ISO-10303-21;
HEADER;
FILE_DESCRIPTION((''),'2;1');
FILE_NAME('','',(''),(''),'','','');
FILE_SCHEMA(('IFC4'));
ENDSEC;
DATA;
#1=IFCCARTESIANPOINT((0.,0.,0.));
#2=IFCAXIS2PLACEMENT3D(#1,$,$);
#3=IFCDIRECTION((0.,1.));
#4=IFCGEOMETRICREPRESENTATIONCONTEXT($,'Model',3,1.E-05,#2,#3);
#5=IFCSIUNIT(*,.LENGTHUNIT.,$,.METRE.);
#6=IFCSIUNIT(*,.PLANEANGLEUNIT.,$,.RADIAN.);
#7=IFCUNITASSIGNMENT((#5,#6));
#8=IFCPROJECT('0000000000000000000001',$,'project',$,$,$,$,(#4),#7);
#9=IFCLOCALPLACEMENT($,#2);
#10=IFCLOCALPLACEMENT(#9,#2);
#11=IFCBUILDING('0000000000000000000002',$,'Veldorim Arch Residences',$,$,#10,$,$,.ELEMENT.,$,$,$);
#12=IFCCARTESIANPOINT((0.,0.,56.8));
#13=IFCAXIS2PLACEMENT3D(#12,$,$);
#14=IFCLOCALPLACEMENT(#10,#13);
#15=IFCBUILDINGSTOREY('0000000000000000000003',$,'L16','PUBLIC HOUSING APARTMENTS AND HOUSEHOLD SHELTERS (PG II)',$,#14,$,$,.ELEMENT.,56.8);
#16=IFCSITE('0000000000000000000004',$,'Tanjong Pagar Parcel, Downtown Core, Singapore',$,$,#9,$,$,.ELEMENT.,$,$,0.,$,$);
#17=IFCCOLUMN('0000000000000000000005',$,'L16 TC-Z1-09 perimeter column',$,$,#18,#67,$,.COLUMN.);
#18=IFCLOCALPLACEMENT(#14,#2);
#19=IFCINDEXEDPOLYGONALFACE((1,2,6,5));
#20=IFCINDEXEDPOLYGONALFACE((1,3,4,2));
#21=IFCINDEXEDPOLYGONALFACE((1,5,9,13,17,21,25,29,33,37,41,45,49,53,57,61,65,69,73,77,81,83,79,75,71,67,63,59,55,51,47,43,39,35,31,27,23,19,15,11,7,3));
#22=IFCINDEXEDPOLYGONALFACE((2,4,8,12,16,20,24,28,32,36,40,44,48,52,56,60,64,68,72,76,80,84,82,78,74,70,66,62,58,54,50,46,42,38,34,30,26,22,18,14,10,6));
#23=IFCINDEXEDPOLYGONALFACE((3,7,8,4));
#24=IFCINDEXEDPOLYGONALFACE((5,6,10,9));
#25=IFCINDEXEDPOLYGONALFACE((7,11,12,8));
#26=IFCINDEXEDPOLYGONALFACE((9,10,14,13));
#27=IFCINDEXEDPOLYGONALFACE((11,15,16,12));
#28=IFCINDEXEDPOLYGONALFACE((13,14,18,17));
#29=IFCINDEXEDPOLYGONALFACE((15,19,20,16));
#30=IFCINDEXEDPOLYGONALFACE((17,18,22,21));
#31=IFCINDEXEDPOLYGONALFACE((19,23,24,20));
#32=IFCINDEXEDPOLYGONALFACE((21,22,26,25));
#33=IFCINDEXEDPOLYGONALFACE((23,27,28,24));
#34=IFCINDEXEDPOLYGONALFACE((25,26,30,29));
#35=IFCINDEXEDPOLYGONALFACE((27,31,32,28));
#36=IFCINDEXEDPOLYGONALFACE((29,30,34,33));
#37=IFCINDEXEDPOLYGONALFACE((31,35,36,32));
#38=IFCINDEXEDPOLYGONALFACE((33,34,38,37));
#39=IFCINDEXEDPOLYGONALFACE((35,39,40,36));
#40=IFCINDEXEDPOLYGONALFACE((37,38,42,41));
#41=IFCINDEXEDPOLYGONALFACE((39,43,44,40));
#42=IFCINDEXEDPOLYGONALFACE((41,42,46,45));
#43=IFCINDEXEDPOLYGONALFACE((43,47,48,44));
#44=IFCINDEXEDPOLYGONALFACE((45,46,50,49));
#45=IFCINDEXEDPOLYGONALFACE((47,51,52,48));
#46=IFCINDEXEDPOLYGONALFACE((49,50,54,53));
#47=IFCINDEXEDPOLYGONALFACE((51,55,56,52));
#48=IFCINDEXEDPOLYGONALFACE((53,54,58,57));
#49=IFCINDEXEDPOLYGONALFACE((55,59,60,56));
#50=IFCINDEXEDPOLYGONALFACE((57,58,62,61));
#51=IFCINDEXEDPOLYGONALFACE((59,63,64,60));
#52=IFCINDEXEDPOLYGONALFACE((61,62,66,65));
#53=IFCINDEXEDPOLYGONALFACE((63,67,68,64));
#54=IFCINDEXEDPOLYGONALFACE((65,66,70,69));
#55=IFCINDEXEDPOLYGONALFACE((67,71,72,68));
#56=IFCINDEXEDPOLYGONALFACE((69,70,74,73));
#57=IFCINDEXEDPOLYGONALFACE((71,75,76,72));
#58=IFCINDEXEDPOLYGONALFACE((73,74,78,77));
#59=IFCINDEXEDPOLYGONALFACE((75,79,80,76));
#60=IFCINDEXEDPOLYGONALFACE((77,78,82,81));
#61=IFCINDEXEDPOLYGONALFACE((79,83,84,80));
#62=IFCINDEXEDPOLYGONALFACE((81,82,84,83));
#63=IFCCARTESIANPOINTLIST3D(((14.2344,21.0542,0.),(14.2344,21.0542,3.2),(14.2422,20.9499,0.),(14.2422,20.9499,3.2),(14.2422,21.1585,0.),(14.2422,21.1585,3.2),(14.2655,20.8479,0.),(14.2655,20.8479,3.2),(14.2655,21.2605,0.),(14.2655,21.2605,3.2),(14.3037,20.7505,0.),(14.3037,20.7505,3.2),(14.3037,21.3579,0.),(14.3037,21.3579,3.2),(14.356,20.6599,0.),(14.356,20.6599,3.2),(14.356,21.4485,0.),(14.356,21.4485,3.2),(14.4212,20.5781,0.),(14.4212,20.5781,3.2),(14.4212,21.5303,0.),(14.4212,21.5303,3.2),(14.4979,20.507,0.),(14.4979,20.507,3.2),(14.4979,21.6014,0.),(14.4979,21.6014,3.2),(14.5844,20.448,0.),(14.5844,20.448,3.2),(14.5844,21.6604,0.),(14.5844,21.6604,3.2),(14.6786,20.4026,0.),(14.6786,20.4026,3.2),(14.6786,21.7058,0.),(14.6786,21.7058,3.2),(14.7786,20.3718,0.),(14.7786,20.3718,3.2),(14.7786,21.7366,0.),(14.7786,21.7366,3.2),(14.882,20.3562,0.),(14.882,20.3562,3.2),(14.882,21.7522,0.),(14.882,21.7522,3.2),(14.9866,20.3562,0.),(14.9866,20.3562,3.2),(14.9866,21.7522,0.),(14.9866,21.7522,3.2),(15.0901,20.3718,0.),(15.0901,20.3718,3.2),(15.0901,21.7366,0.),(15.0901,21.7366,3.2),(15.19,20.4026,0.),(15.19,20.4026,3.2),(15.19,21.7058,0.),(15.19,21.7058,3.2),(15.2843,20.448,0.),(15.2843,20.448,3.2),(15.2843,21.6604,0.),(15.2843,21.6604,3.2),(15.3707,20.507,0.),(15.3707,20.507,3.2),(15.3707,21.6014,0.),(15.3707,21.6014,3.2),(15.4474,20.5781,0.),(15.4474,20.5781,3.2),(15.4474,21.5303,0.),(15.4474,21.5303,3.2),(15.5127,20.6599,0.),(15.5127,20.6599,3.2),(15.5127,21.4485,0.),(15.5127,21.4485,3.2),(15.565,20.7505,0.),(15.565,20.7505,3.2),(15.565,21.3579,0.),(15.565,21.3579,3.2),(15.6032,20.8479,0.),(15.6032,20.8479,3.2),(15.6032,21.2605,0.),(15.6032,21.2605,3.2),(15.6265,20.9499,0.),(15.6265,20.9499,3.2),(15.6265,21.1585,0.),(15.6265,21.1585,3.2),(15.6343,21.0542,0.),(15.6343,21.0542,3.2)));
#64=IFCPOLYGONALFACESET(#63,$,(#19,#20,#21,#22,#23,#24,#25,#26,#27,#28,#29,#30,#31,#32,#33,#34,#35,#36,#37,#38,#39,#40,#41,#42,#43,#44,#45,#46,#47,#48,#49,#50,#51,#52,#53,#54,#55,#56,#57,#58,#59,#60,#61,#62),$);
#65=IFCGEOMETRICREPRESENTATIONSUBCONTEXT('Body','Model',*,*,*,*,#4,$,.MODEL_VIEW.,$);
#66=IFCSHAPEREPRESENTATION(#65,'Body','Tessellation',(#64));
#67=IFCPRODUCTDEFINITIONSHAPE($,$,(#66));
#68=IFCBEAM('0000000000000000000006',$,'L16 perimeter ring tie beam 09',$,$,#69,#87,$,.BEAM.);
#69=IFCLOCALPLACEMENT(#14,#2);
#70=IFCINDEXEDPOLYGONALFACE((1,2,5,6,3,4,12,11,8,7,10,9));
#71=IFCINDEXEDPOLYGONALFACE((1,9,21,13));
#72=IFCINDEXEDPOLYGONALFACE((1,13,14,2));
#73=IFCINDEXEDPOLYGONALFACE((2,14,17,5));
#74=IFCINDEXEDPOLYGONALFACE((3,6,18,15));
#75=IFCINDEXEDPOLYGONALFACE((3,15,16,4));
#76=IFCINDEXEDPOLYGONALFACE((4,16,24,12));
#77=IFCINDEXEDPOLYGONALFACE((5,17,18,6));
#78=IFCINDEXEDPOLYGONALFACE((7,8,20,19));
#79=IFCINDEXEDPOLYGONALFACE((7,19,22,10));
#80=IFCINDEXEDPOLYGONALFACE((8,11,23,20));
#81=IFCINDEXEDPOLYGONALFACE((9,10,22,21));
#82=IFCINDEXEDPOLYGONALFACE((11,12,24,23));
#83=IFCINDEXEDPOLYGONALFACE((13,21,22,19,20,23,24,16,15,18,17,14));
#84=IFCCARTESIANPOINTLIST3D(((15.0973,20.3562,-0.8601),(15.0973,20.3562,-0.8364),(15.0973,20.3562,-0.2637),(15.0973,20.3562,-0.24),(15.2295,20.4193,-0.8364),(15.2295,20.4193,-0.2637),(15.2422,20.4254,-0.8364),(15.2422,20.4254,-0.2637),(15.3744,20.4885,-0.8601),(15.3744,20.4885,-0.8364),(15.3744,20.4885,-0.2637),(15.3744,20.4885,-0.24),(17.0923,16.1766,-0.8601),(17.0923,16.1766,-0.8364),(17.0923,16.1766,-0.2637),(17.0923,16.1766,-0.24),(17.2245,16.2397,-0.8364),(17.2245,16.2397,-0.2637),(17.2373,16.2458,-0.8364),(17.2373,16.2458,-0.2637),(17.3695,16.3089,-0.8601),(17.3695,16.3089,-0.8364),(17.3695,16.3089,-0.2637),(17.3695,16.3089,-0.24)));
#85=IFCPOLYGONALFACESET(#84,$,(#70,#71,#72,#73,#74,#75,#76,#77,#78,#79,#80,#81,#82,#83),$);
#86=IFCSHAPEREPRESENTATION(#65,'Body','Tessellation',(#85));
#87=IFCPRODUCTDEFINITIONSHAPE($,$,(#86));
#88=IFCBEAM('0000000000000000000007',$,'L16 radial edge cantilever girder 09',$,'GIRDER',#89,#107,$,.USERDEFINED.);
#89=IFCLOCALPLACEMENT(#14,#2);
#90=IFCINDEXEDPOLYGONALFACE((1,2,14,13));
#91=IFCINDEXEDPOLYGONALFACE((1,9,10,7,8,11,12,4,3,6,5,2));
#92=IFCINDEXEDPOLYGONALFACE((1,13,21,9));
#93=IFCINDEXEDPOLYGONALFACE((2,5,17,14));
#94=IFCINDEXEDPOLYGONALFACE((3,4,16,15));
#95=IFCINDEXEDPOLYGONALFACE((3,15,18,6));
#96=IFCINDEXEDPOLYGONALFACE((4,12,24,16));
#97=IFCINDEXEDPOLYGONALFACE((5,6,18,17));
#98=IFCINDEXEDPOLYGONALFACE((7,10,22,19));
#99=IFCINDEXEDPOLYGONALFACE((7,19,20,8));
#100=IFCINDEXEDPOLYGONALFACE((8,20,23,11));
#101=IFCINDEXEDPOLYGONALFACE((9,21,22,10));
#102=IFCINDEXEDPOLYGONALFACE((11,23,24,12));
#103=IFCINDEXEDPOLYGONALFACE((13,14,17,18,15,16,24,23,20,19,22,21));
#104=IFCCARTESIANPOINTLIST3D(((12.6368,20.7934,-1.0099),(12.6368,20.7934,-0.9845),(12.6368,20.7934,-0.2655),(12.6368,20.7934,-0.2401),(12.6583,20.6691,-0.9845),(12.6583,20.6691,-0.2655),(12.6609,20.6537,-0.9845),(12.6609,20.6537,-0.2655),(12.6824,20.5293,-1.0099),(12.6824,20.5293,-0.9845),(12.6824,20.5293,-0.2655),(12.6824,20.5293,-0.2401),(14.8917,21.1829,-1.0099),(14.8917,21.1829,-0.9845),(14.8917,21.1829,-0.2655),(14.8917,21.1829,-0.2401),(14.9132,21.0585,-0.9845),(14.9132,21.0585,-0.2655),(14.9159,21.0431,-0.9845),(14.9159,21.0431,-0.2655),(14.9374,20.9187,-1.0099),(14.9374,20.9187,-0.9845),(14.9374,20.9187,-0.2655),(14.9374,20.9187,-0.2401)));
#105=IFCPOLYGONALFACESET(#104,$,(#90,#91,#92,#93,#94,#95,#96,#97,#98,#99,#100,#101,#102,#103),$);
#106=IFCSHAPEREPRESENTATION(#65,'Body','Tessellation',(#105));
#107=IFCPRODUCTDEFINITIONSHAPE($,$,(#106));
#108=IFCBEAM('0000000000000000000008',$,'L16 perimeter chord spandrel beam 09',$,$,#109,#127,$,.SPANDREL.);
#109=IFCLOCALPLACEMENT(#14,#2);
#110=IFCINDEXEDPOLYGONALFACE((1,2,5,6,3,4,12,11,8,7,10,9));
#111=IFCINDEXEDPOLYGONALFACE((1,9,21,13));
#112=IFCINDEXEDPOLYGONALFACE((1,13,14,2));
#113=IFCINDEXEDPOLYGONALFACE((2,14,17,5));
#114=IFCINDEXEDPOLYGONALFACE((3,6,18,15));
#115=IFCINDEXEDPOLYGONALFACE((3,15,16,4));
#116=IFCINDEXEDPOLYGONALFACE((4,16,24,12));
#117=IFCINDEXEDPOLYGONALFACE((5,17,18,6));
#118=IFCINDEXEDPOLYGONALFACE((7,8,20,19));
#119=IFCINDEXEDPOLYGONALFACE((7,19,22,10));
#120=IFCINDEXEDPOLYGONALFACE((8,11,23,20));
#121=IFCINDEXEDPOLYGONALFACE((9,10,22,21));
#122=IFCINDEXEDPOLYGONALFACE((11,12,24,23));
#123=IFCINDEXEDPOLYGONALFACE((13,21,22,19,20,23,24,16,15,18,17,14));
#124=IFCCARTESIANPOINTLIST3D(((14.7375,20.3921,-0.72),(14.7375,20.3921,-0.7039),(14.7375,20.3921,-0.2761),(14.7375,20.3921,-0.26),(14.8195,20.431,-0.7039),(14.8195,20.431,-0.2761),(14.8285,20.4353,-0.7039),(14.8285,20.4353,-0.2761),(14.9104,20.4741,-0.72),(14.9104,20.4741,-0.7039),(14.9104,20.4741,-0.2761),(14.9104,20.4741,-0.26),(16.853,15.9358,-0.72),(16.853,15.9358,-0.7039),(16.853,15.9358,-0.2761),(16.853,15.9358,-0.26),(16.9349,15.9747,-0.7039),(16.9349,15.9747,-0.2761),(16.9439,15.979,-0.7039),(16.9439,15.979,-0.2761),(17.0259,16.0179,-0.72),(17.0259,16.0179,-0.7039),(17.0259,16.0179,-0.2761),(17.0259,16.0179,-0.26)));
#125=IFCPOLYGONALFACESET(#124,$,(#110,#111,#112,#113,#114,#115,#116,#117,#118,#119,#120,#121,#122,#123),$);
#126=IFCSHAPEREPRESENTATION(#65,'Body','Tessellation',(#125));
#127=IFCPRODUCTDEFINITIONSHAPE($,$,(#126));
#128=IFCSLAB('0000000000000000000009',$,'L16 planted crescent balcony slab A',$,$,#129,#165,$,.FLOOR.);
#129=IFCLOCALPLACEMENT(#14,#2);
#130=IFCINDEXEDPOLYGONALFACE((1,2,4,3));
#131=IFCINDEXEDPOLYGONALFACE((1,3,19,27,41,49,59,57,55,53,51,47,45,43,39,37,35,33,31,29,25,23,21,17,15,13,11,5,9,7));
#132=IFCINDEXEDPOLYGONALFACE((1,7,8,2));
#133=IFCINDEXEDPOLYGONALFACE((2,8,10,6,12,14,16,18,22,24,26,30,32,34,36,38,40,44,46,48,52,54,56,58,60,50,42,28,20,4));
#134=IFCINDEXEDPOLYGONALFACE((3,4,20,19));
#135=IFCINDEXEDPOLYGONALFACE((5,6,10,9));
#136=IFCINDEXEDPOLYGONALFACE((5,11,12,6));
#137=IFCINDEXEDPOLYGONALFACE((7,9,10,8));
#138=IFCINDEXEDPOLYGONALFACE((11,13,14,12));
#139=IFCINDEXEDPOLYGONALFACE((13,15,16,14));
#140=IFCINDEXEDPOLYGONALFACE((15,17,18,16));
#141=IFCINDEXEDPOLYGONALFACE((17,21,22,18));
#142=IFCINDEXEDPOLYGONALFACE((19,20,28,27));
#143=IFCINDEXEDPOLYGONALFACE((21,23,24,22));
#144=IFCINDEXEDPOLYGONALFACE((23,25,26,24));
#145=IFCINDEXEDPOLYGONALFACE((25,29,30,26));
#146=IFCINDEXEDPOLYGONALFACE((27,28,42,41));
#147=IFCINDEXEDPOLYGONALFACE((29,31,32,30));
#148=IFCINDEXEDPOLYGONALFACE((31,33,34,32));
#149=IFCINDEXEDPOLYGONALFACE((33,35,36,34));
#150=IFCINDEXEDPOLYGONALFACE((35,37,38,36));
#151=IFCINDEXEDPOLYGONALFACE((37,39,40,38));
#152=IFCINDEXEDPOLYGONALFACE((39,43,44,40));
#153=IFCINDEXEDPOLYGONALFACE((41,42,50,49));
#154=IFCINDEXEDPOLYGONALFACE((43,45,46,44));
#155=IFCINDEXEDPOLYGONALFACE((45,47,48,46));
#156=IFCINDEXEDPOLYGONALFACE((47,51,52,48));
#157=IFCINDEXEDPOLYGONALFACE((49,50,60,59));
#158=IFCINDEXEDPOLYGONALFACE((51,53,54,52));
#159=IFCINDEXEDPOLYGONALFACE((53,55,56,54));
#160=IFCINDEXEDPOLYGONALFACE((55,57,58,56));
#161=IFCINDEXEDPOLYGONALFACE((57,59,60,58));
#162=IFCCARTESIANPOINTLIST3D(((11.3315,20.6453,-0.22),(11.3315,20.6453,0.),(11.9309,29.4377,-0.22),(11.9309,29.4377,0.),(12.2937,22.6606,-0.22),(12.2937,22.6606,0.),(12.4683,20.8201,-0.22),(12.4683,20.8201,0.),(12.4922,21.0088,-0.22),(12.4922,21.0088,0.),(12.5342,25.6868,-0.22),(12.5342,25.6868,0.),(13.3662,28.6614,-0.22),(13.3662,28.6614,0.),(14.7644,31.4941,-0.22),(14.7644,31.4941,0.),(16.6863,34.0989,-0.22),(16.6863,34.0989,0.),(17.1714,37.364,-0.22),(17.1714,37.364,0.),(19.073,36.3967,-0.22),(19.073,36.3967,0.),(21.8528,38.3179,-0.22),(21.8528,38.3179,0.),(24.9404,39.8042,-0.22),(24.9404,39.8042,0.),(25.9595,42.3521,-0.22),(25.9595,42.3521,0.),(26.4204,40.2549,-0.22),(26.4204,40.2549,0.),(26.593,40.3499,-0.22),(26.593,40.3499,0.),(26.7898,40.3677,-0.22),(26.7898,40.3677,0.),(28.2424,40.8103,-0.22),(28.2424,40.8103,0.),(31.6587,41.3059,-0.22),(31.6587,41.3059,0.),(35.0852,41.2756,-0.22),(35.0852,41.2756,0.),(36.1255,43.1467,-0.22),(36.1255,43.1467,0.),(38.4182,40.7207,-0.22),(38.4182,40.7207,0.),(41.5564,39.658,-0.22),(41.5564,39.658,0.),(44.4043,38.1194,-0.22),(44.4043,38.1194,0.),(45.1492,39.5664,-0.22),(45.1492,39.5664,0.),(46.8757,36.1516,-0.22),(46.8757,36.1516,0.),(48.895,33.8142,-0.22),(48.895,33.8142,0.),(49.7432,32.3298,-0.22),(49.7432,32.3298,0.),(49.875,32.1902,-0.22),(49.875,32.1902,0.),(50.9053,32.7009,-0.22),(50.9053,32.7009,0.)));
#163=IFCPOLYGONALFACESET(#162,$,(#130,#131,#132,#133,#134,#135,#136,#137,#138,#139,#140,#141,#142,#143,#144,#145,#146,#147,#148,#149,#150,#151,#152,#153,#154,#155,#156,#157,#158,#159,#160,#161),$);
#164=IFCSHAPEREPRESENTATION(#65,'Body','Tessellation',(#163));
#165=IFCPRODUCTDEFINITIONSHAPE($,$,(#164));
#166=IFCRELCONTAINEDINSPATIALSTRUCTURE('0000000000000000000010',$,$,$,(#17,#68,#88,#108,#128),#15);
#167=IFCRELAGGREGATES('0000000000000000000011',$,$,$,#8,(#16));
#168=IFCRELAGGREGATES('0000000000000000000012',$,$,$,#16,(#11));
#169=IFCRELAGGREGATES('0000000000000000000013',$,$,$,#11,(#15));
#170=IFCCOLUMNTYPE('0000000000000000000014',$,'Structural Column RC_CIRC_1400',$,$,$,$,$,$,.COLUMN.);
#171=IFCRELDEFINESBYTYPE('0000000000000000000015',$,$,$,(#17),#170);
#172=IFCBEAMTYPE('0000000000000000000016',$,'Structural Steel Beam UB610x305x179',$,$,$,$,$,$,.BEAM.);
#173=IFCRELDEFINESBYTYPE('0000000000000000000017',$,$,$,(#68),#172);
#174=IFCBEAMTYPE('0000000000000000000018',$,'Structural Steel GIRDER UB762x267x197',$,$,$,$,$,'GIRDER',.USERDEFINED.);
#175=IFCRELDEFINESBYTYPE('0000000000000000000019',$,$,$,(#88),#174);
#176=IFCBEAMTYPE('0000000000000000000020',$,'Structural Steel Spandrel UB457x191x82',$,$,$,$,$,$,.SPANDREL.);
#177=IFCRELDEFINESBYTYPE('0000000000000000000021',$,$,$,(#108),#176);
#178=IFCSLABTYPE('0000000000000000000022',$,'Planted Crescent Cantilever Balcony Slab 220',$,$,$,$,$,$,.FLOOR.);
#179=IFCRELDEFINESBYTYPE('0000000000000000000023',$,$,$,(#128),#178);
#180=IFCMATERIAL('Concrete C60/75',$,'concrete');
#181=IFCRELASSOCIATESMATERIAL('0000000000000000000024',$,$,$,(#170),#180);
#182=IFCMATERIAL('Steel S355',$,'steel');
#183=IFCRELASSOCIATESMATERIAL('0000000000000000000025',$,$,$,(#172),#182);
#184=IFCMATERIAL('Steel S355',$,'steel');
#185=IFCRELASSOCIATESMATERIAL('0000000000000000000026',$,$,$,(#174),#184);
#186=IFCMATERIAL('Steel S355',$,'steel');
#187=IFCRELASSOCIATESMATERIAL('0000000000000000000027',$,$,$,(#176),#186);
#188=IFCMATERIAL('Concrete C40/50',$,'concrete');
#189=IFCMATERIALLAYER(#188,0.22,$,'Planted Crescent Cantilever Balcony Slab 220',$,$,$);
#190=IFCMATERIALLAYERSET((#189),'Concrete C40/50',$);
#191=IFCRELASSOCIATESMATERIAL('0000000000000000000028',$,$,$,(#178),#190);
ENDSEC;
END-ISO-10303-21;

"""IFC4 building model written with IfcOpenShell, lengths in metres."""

from ifc_helpers import new_model, si_unit, direction, frame, origin, origin_2d, place, context, subcontext, project, spatial, polyline, circle, i_section, outline, extrude, material, layer, layer_set, material_profile, profile_set, type_object, element, save


model = new_model("IFC4")

# Units and contexts
model_context = context("Model", 3, precision=1e-05, world=origin(), true_north=direction((0.0, 1.0)))
body_context = subcontext(model_context, "Body", "Model", "MODEL_VIEW")
ifc_project = project(units=[si_unit("LENGTHUNIT", "METRE"), si_unit("PLANEANGLEUNIT", "RADIAN")], contexts=[model_context])

# Site, building, storey
site_placement = place(None, origin())
site = spatial("IfcSite", under=ifc_project, at=site_placement, Name="Tanjong Pagar Parcel, Downtown Core, Singapore", CompositionType="ELEMENT", RefElevation=0.0)
building_placement = place(site_placement, origin())
building = spatial("IfcBuilding", under=site, at=building_placement, Name="Veldorim Arch Residences", CompositionType="ELEMENT")
storey_placement = place(building_placement, frame((0.0, 0.0, 56.8)))
storey = spatial("IfcBuildingStorey", under=building, at=storey_placement, Name="L16", Description="PUBLIC HOUSING APARTMENTS AND HOUSEHOLD SHELTERS (PG II)", CompositionType="ELEMENT", Elevation=56.8)

# Column
ifc_material_1 = material(Name="Concrete C60/75", Category="concrete")
ifc_material_profile_1 = material_profile(ifc_material_1, circle(Radius=0.7, at=origin_2d()), Name="RC_CIRC_1400")
ifc_profile_set_1 = profile_set([ifc_material_profile_1], Name="Concrete C60/75")
column_type = type_object("IfcColumnType", Name="Structural Column RC_CIRC_1400", PredefinedType="COLUMN", material=ifc_profile_set_1)
column_placement = place(storey_placement, frame((14.9343, 21.0542, 0.0), z_axis=(0.0, 0.0, 1.0), x_axis=(1.0, 0.0, 0.0)))
element("IfcColumn", 1, at=column_placement, inside=storey, type_object=column_type, Name="L16 TC-Z1-09 perimeter column", PredefinedType="COLUMN", context=body_context, shape_type="SweptSolid", body=[
    extrude(circle(Radius=0.7, at=origin_2d()), origin(), (0.0, 0.0, 1.0), 3.2),
])

# Beams
ifc_material_2 = material(Name="Steel S355", Category="steel")
ifc_material_profile_2 = material_profile(ifc_material_2, i_section(OverallWidth=0.3071, OverallDepth=0.6201, WebThickness=0.0142, FlangeThickness=0.0237, at=origin_2d()), Name="UB610x305x179")
ifc_profile_set_2 = profile_set([ifc_material_profile_2], Name="Steel S355")
beam_type_1 = type_object("IfcBeamType", Name="Structural Steel Beam UB610x305x179", PredefinedType="BEAM", material=ifc_profile_set_2)
beam_1_placement = place(storey_placement, frame((15.2358, 20.4224, -0.55), z_axis=(0.430776, -0.902459, 0.0), x_axis=(0.902459, 0.430776, 0.0)))
element("IfcBeam", 2, at=beam_1_placement, inside=storey, type_object=beam_type_1, Name="L16 perimeter ring tie beam 09", PredefinedType="BEAM", context=body_context, shape_type="SweptSolid", body=[
    extrude(i_section(OverallWidth=0.3071, OverallDepth=0.6201, WebThickness=0.0142, FlangeThickness=0.0237, at=origin_2d()), origin(), (0.0, 0.0, 1.0), 4.6313),
])
ifc_material_3 = material(Name="Steel S355", Category="steel")
ifc_material_profile_3 = material_profile(ifc_material_3, i_section(OverallWidth=0.2681, OverallDepth=0.7698, WebThickness=0.0156, FlangeThickness=0.0254, at=origin_2d()), Name="UB762x267x197")
ifc_profile_set_3 = profile_set([ifc_material_profile_3], Name="Steel S355")
beam_type_2 = type_object("IfcBeamType", Name="Structural Steel GIRDER UB762x267x197", ElementType="GIRDER", PredefinedType="USERDEFINED", material=ifc_profile_set_3)
beam_2_placement = place(storey_placement, frame((14.9146, 21.0508, -0.625), z_axis=(-0.985414, -0.170175, 0.0), x_axis=(0.170175, -0.985414, 0.0)))
element("IfcBeam", 3, at=beam_2_placement, inside=storey, type_object=beam_type_2, Name="L16 radial edge cantilever girder 09", ObjectType="GIRDER", PredefinedType="USERDEFINED", context=body_context, shape_type="SweptSolid", body=[
    extrude(i_section(OverallWidth=0.2681, OverallDepth=0.7698, WebThickness=0.0156, FlangeThickness=0.0254, at=origin_2d()), origin(), (0.0, 0.0, 1.0), 2.2883),
])
ifc_material_4 = material(Name="Steel S355", Category="steel")
ifc_material_profile_4 = material_profile(ifc_material_4, i_section(OverallWidth=0.1914, OverallDepth=0.46, WebThickness=0.01, FlangeThickness=0.0161, at=origin_2d()), Name="UB457x191x82")
ifc_profile_set_4 = profile_set([ifc_material_profile_4], Name="Steel S355")
beam_type_3 = type_object("IfcBeamType", Name="Structural Steel Spandrel UB457x191x82", PredefinedType="SPANDREL", material=ifc_profile_set_4)
beam_3_placement = place(storey_placement, frame((14.824, 20.4331, -0.49), z_axis=(0.428848, -0.903377, 0.0), x_axis=(0.903377, 0.428848, 0.0)))
element("IfcBeam", 4, at=beam_3_placement, inside=storey, type_object=beam_type_3, Name="L16 perimeter chord spandrel beam 09", PredefinedType="SPANDREL", context=body_context, shape_type="SweptSolid", body=[
    extrude(i_section(OverallWidth=0.1914, OverallDepth=0.46, WebThickness=0.01, FlangeThickness=0.0161, at=origin_2d()), origin(), (0.0, 0.0, 1.0), 4.9329),
])

# Slab
ifc_material_5 = material(Name="Concrete C40/50", Category="concrete")
ifc_layer_1 = layer(ifc_material_5, 0.22, Name="Planted Crescent Cantilever Balcony Slab 220")
ifc_layer_set_1 = layer_set([ifc_layer_1], Name="Concrete C40/50")
slab_type_1 = type_object("IfcSlabType", Name="Planted Crescent Cantilever Balcony Slab 220", PredefinedType="FLOOR", material=ifc_layer_set_1)
slab_1_placement = place(storey_placement, frame((0.0, 0.0, -0.22)))
element("IfcSlab", 5, at=slab_1_placement, inside=storey, type_object=slab_type_1, Name="L16 planted crescent balcony slab A", PredefinedType="FLOOR", context=body_context, shape_type="SweptSolid", body=[
    extrude(outline(polyline([(49.7432, 32.3298), (48.895, 33.8142), (46.8757, 36.1516), (44.4043, 38.1194), (41.5564, 39.658), (38.4182, 40.7207), (35.0852, 41.2756), (31.6587, 41.3059), (28.2424, 40.8103), (26.7898, 40.3677), (26.593, 40.3499), (26.4204, 40.2549), (24.9404, 39.8042), (21.8528, 38.3179), (19.073, 36.3967), (16.6863, 34.0989), (14.7644, 31.4941), (13.3662, 28.6614), (12.5342, 25.6868), (12.2937, 22.6606), (12.4922, 21.0088), (12.4683, 20.8201), (11.3315, 20.6453), (11.9309, 29.4377), (17.1714, 37.364), (25.9595, 42.3521), (36.1255, 43.1467), (45.1492, 39.5664), (50.9053, 32.7009), (49.875, 32.1902), (49.7432, 32.3298)])), origin(), (0.0, 0.0, 1.0), 0.22),
])

save(model, "model.ifc")
